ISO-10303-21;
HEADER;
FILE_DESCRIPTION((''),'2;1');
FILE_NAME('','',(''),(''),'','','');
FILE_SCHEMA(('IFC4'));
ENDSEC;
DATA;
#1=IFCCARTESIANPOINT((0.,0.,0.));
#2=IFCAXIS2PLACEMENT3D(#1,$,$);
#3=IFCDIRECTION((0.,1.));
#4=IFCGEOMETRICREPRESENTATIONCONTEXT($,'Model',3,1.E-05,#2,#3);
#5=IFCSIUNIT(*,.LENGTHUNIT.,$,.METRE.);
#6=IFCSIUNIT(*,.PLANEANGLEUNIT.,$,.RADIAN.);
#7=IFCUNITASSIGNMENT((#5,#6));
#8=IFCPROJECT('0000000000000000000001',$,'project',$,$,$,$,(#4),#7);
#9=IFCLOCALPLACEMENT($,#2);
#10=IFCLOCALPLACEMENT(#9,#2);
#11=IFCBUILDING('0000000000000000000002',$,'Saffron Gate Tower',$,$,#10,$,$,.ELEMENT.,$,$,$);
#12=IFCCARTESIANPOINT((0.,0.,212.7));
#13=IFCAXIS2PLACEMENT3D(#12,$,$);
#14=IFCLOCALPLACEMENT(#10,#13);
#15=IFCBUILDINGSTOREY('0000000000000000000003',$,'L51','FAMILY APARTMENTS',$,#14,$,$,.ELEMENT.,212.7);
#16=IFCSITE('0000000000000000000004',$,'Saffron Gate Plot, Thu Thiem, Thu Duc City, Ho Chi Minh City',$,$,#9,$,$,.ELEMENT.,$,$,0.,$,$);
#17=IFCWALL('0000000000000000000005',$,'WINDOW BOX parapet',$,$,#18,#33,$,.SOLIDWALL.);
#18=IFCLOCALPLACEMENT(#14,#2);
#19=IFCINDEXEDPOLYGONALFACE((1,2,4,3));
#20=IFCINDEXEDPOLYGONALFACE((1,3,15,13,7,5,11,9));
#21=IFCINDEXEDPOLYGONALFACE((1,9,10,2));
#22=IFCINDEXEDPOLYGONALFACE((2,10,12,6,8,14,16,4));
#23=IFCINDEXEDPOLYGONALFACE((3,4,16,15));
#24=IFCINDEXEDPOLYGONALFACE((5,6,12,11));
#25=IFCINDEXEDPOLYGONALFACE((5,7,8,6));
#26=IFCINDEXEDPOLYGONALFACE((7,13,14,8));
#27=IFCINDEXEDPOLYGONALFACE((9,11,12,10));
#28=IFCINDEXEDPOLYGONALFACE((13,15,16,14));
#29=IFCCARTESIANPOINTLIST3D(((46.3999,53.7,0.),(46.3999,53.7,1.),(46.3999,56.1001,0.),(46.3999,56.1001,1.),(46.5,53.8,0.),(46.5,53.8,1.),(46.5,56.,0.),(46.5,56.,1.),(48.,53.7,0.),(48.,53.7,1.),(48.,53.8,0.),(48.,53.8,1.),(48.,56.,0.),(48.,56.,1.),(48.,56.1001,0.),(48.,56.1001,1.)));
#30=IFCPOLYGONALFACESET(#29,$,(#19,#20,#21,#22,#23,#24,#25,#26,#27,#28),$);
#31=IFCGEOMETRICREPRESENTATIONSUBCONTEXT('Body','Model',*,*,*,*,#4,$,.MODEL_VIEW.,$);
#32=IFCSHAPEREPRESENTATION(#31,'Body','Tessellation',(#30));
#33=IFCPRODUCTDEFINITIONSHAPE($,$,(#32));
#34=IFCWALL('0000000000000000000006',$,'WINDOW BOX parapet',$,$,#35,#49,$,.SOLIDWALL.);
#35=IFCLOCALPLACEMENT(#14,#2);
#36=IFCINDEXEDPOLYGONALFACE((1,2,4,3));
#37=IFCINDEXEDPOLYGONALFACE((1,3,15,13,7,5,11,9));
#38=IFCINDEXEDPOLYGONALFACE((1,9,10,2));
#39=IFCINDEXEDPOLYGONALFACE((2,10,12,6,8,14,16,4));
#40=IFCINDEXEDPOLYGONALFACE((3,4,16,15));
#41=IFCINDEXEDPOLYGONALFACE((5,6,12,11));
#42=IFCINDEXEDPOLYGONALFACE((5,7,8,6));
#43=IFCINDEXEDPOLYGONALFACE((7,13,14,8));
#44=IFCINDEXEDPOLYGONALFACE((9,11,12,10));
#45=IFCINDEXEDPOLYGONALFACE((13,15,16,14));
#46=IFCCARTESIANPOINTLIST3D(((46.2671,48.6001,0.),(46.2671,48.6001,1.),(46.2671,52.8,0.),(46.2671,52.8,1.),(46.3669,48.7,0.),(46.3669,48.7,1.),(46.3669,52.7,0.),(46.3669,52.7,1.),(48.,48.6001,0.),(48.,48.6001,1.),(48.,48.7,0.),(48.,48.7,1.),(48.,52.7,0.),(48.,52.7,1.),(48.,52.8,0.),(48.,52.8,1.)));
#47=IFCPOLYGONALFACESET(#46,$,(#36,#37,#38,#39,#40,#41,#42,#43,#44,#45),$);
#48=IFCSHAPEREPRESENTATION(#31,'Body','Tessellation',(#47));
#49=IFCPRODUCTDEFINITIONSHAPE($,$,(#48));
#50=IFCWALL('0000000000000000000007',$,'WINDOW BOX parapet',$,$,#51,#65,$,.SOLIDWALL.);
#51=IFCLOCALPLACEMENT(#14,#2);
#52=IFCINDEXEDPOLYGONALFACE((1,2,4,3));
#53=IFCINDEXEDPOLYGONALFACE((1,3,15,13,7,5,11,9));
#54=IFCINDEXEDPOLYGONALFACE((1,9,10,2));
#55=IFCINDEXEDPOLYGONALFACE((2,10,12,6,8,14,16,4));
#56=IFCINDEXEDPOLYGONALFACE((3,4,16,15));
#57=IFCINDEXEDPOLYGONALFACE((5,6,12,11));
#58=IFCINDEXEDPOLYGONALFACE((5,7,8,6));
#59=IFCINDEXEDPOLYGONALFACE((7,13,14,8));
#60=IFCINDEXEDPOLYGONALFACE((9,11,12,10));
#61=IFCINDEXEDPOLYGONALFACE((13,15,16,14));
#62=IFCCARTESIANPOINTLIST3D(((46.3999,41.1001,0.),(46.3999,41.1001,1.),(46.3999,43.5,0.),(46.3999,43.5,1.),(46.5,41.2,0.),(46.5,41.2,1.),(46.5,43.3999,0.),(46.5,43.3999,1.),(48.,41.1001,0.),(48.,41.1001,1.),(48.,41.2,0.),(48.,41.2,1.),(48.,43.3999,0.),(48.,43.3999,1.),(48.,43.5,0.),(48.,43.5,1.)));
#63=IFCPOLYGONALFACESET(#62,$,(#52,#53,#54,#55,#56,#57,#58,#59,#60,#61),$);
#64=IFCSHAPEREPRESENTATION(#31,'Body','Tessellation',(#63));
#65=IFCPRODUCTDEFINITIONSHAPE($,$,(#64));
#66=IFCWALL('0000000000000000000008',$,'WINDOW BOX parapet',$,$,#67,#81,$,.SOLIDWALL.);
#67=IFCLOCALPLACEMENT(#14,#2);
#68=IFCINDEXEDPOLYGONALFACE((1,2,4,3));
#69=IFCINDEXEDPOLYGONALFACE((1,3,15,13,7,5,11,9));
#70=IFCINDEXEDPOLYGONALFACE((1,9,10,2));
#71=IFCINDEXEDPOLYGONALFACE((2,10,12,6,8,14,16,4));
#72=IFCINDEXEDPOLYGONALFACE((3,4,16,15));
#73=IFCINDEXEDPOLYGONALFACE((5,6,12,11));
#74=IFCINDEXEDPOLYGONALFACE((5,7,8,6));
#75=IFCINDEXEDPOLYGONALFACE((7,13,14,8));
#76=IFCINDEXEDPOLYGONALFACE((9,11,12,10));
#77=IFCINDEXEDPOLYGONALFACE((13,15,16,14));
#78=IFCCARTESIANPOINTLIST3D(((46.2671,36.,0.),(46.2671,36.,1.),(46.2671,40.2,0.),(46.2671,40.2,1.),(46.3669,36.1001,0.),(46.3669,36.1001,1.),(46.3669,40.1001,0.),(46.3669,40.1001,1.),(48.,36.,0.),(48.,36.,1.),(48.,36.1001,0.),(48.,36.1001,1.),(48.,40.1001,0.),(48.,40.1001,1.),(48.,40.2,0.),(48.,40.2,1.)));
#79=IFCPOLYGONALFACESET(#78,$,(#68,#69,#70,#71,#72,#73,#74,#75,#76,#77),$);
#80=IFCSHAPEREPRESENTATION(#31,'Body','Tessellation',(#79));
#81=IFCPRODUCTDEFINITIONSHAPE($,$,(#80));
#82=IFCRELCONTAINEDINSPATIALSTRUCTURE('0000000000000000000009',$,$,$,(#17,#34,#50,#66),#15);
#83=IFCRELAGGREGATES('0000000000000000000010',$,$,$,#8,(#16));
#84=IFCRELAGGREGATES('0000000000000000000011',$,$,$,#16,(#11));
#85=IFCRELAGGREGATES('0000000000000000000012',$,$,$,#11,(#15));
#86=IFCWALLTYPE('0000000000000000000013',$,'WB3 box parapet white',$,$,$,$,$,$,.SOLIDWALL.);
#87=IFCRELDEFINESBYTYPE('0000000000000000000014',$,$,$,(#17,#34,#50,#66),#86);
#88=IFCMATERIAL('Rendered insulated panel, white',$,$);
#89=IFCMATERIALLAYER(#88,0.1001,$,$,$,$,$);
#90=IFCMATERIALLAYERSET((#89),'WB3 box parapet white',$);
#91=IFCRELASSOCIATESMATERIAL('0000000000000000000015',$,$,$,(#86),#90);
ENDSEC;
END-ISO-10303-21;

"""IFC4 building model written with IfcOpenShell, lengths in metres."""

from ifc_helpers import new_model, si_unit, direction, frame, origin, place, context, subcontext, project, spatial, polyline, outline, extrude, material, layer, layer_set, type_object, element, save


model = new_model("IFC4")

# Units and contexts
model_context = context("Model", 3, precision=1e-05, world=origin(), true_north=direction((0.0, 1.0)))
body_context = subcontext(model_context, "Body", "Model", "MODEL_VIEW")
ifc_project = project(units=[si_unit("LENGTHUNIT", "METRE"), si_unit("PLANEANGLEUNIT", "RADIAN")], contexts=[model_context])

# Site, building, storey
site_placement = place(None, origin())
site = spatial("IfcSite", under=ifc_project, at=site_placement, Name="Saffron Gate Plot, Thu Thiem, Thu Duc City, Ho Chi Minh City", CompositionType="ELEMENT", RefElevation=0.0)
building_placement = place(site_placement, origin())
building = spatial("IfcBuilding", under=site, at=building_placement, Name="Saffron Gate Tower", CompositionType="ELEMENT")
storey_placement = place(building_placement, frame((0.0, 0.0, 212.7)))
storey = spatial("IfcBuildingStorey", under=building, at=storey_placement, Name="L51", Description="FAMILY APARTMENTS", CompositionType="ELEMENT", Elevation=212.7)

# Walls
ifc_material_1 = material(Name="Rendered insulated panel, white")
ifc_layer_1 = layer(ifc_material_1, 0.1001)
ifc_layer_set_1 = layer_set([ifc_layer_1], Name="WB3 box parapet white")
wall_type_1 = type_object("IfcWallType", Name="WB3 box parapet white", PredefinedType="SOLIDWALL", material=ifc_layer_set_1)
wall_1_placement = place(storey_placement, origin())
element("IfcWall", 1, at=wall_1_placement, inside=storey, type_object=wall_type_1, Name="WINDOW BOX parapet", PredefinedType="SOLIDWALL", context=body_context, shape_type="SweptSolid", body=[
    extrude(outline(polyline([(48.0, 56.1001), (48.0, 56.0), (46.5, 56.0), (46.5, 53.8), (48.0, 53.8), (48.0, 53.7), (46.3999, 53.7), (46.3999, 56.1001), (48.0, 56.1001)])), origin(), (0.0, 0.0, 1.0), 1.0),
])
wall_2_placement = place(storey_placement, origin())
element("IfcWall", 2, at=wall_2_placement, inside=storey, type_object=wall_type_1, Name="WINDOW BOX parapet", PredefinedType="SOLIDWALL", context=body_context, shape_type="SweptSolid", body=[
    extrude(outline(polyline([(48.0, 52.8), (48.0, 52.7), (46.3669, 52.7), (46.3669, 48.7), (48.0, 48.7), (48.0, 48.6001), (46.2671, 48.6001), (46.2671, 52.8), (48.0, 52.8)])), origin(), (0.0, 0.0, 1.0), 1.0),
])
wall_3_placement = place(storey_placement, origin())
element("IfcWall", 3, at=wall_3_placement, inside=storey, type_object=wall_type_1, Name="WINDOW BOX parapet", PredefinedType="SOLIDWALL", context=body_context, shape_type="SweptSolid", body=[
    extrude(outline(polyline([(48.0, 43.5), (48.0, 43.3999), (46.5, 43.3999), (46.5, 41.2), (48.0, 41.2), (48.0, 41.1001), (46.3999, 41.1001), (46.3999, 43.5), (48.0, 43.5)])), origin(), (0.0, 0.0, 1.0), 1.0),
])
wall_4_placement = place(storey_placement, origin())
element("IfcWall", 4, at=wall_4_placement, inside=storey, type_object=wall_type_1, Name="WINDOW BOX parapet", PredefinedType="SOLIDWALL", context=body_context, shape_type="SweptSolid", body=[
    extrude(outline(polyline([(48.0, 40.2), (48.0, 40.1001), (46.3669, 40.1001), (46.3669, 36.1001), (48.0, 36.1001), (48.0, 36.0), (46.2671, 36.0), (46.2671, 40.2), (48.0, 40.2)])), origin(), (0.0, 0.0, 1.0), 1.0),
])

save(model, "model.ifc")
